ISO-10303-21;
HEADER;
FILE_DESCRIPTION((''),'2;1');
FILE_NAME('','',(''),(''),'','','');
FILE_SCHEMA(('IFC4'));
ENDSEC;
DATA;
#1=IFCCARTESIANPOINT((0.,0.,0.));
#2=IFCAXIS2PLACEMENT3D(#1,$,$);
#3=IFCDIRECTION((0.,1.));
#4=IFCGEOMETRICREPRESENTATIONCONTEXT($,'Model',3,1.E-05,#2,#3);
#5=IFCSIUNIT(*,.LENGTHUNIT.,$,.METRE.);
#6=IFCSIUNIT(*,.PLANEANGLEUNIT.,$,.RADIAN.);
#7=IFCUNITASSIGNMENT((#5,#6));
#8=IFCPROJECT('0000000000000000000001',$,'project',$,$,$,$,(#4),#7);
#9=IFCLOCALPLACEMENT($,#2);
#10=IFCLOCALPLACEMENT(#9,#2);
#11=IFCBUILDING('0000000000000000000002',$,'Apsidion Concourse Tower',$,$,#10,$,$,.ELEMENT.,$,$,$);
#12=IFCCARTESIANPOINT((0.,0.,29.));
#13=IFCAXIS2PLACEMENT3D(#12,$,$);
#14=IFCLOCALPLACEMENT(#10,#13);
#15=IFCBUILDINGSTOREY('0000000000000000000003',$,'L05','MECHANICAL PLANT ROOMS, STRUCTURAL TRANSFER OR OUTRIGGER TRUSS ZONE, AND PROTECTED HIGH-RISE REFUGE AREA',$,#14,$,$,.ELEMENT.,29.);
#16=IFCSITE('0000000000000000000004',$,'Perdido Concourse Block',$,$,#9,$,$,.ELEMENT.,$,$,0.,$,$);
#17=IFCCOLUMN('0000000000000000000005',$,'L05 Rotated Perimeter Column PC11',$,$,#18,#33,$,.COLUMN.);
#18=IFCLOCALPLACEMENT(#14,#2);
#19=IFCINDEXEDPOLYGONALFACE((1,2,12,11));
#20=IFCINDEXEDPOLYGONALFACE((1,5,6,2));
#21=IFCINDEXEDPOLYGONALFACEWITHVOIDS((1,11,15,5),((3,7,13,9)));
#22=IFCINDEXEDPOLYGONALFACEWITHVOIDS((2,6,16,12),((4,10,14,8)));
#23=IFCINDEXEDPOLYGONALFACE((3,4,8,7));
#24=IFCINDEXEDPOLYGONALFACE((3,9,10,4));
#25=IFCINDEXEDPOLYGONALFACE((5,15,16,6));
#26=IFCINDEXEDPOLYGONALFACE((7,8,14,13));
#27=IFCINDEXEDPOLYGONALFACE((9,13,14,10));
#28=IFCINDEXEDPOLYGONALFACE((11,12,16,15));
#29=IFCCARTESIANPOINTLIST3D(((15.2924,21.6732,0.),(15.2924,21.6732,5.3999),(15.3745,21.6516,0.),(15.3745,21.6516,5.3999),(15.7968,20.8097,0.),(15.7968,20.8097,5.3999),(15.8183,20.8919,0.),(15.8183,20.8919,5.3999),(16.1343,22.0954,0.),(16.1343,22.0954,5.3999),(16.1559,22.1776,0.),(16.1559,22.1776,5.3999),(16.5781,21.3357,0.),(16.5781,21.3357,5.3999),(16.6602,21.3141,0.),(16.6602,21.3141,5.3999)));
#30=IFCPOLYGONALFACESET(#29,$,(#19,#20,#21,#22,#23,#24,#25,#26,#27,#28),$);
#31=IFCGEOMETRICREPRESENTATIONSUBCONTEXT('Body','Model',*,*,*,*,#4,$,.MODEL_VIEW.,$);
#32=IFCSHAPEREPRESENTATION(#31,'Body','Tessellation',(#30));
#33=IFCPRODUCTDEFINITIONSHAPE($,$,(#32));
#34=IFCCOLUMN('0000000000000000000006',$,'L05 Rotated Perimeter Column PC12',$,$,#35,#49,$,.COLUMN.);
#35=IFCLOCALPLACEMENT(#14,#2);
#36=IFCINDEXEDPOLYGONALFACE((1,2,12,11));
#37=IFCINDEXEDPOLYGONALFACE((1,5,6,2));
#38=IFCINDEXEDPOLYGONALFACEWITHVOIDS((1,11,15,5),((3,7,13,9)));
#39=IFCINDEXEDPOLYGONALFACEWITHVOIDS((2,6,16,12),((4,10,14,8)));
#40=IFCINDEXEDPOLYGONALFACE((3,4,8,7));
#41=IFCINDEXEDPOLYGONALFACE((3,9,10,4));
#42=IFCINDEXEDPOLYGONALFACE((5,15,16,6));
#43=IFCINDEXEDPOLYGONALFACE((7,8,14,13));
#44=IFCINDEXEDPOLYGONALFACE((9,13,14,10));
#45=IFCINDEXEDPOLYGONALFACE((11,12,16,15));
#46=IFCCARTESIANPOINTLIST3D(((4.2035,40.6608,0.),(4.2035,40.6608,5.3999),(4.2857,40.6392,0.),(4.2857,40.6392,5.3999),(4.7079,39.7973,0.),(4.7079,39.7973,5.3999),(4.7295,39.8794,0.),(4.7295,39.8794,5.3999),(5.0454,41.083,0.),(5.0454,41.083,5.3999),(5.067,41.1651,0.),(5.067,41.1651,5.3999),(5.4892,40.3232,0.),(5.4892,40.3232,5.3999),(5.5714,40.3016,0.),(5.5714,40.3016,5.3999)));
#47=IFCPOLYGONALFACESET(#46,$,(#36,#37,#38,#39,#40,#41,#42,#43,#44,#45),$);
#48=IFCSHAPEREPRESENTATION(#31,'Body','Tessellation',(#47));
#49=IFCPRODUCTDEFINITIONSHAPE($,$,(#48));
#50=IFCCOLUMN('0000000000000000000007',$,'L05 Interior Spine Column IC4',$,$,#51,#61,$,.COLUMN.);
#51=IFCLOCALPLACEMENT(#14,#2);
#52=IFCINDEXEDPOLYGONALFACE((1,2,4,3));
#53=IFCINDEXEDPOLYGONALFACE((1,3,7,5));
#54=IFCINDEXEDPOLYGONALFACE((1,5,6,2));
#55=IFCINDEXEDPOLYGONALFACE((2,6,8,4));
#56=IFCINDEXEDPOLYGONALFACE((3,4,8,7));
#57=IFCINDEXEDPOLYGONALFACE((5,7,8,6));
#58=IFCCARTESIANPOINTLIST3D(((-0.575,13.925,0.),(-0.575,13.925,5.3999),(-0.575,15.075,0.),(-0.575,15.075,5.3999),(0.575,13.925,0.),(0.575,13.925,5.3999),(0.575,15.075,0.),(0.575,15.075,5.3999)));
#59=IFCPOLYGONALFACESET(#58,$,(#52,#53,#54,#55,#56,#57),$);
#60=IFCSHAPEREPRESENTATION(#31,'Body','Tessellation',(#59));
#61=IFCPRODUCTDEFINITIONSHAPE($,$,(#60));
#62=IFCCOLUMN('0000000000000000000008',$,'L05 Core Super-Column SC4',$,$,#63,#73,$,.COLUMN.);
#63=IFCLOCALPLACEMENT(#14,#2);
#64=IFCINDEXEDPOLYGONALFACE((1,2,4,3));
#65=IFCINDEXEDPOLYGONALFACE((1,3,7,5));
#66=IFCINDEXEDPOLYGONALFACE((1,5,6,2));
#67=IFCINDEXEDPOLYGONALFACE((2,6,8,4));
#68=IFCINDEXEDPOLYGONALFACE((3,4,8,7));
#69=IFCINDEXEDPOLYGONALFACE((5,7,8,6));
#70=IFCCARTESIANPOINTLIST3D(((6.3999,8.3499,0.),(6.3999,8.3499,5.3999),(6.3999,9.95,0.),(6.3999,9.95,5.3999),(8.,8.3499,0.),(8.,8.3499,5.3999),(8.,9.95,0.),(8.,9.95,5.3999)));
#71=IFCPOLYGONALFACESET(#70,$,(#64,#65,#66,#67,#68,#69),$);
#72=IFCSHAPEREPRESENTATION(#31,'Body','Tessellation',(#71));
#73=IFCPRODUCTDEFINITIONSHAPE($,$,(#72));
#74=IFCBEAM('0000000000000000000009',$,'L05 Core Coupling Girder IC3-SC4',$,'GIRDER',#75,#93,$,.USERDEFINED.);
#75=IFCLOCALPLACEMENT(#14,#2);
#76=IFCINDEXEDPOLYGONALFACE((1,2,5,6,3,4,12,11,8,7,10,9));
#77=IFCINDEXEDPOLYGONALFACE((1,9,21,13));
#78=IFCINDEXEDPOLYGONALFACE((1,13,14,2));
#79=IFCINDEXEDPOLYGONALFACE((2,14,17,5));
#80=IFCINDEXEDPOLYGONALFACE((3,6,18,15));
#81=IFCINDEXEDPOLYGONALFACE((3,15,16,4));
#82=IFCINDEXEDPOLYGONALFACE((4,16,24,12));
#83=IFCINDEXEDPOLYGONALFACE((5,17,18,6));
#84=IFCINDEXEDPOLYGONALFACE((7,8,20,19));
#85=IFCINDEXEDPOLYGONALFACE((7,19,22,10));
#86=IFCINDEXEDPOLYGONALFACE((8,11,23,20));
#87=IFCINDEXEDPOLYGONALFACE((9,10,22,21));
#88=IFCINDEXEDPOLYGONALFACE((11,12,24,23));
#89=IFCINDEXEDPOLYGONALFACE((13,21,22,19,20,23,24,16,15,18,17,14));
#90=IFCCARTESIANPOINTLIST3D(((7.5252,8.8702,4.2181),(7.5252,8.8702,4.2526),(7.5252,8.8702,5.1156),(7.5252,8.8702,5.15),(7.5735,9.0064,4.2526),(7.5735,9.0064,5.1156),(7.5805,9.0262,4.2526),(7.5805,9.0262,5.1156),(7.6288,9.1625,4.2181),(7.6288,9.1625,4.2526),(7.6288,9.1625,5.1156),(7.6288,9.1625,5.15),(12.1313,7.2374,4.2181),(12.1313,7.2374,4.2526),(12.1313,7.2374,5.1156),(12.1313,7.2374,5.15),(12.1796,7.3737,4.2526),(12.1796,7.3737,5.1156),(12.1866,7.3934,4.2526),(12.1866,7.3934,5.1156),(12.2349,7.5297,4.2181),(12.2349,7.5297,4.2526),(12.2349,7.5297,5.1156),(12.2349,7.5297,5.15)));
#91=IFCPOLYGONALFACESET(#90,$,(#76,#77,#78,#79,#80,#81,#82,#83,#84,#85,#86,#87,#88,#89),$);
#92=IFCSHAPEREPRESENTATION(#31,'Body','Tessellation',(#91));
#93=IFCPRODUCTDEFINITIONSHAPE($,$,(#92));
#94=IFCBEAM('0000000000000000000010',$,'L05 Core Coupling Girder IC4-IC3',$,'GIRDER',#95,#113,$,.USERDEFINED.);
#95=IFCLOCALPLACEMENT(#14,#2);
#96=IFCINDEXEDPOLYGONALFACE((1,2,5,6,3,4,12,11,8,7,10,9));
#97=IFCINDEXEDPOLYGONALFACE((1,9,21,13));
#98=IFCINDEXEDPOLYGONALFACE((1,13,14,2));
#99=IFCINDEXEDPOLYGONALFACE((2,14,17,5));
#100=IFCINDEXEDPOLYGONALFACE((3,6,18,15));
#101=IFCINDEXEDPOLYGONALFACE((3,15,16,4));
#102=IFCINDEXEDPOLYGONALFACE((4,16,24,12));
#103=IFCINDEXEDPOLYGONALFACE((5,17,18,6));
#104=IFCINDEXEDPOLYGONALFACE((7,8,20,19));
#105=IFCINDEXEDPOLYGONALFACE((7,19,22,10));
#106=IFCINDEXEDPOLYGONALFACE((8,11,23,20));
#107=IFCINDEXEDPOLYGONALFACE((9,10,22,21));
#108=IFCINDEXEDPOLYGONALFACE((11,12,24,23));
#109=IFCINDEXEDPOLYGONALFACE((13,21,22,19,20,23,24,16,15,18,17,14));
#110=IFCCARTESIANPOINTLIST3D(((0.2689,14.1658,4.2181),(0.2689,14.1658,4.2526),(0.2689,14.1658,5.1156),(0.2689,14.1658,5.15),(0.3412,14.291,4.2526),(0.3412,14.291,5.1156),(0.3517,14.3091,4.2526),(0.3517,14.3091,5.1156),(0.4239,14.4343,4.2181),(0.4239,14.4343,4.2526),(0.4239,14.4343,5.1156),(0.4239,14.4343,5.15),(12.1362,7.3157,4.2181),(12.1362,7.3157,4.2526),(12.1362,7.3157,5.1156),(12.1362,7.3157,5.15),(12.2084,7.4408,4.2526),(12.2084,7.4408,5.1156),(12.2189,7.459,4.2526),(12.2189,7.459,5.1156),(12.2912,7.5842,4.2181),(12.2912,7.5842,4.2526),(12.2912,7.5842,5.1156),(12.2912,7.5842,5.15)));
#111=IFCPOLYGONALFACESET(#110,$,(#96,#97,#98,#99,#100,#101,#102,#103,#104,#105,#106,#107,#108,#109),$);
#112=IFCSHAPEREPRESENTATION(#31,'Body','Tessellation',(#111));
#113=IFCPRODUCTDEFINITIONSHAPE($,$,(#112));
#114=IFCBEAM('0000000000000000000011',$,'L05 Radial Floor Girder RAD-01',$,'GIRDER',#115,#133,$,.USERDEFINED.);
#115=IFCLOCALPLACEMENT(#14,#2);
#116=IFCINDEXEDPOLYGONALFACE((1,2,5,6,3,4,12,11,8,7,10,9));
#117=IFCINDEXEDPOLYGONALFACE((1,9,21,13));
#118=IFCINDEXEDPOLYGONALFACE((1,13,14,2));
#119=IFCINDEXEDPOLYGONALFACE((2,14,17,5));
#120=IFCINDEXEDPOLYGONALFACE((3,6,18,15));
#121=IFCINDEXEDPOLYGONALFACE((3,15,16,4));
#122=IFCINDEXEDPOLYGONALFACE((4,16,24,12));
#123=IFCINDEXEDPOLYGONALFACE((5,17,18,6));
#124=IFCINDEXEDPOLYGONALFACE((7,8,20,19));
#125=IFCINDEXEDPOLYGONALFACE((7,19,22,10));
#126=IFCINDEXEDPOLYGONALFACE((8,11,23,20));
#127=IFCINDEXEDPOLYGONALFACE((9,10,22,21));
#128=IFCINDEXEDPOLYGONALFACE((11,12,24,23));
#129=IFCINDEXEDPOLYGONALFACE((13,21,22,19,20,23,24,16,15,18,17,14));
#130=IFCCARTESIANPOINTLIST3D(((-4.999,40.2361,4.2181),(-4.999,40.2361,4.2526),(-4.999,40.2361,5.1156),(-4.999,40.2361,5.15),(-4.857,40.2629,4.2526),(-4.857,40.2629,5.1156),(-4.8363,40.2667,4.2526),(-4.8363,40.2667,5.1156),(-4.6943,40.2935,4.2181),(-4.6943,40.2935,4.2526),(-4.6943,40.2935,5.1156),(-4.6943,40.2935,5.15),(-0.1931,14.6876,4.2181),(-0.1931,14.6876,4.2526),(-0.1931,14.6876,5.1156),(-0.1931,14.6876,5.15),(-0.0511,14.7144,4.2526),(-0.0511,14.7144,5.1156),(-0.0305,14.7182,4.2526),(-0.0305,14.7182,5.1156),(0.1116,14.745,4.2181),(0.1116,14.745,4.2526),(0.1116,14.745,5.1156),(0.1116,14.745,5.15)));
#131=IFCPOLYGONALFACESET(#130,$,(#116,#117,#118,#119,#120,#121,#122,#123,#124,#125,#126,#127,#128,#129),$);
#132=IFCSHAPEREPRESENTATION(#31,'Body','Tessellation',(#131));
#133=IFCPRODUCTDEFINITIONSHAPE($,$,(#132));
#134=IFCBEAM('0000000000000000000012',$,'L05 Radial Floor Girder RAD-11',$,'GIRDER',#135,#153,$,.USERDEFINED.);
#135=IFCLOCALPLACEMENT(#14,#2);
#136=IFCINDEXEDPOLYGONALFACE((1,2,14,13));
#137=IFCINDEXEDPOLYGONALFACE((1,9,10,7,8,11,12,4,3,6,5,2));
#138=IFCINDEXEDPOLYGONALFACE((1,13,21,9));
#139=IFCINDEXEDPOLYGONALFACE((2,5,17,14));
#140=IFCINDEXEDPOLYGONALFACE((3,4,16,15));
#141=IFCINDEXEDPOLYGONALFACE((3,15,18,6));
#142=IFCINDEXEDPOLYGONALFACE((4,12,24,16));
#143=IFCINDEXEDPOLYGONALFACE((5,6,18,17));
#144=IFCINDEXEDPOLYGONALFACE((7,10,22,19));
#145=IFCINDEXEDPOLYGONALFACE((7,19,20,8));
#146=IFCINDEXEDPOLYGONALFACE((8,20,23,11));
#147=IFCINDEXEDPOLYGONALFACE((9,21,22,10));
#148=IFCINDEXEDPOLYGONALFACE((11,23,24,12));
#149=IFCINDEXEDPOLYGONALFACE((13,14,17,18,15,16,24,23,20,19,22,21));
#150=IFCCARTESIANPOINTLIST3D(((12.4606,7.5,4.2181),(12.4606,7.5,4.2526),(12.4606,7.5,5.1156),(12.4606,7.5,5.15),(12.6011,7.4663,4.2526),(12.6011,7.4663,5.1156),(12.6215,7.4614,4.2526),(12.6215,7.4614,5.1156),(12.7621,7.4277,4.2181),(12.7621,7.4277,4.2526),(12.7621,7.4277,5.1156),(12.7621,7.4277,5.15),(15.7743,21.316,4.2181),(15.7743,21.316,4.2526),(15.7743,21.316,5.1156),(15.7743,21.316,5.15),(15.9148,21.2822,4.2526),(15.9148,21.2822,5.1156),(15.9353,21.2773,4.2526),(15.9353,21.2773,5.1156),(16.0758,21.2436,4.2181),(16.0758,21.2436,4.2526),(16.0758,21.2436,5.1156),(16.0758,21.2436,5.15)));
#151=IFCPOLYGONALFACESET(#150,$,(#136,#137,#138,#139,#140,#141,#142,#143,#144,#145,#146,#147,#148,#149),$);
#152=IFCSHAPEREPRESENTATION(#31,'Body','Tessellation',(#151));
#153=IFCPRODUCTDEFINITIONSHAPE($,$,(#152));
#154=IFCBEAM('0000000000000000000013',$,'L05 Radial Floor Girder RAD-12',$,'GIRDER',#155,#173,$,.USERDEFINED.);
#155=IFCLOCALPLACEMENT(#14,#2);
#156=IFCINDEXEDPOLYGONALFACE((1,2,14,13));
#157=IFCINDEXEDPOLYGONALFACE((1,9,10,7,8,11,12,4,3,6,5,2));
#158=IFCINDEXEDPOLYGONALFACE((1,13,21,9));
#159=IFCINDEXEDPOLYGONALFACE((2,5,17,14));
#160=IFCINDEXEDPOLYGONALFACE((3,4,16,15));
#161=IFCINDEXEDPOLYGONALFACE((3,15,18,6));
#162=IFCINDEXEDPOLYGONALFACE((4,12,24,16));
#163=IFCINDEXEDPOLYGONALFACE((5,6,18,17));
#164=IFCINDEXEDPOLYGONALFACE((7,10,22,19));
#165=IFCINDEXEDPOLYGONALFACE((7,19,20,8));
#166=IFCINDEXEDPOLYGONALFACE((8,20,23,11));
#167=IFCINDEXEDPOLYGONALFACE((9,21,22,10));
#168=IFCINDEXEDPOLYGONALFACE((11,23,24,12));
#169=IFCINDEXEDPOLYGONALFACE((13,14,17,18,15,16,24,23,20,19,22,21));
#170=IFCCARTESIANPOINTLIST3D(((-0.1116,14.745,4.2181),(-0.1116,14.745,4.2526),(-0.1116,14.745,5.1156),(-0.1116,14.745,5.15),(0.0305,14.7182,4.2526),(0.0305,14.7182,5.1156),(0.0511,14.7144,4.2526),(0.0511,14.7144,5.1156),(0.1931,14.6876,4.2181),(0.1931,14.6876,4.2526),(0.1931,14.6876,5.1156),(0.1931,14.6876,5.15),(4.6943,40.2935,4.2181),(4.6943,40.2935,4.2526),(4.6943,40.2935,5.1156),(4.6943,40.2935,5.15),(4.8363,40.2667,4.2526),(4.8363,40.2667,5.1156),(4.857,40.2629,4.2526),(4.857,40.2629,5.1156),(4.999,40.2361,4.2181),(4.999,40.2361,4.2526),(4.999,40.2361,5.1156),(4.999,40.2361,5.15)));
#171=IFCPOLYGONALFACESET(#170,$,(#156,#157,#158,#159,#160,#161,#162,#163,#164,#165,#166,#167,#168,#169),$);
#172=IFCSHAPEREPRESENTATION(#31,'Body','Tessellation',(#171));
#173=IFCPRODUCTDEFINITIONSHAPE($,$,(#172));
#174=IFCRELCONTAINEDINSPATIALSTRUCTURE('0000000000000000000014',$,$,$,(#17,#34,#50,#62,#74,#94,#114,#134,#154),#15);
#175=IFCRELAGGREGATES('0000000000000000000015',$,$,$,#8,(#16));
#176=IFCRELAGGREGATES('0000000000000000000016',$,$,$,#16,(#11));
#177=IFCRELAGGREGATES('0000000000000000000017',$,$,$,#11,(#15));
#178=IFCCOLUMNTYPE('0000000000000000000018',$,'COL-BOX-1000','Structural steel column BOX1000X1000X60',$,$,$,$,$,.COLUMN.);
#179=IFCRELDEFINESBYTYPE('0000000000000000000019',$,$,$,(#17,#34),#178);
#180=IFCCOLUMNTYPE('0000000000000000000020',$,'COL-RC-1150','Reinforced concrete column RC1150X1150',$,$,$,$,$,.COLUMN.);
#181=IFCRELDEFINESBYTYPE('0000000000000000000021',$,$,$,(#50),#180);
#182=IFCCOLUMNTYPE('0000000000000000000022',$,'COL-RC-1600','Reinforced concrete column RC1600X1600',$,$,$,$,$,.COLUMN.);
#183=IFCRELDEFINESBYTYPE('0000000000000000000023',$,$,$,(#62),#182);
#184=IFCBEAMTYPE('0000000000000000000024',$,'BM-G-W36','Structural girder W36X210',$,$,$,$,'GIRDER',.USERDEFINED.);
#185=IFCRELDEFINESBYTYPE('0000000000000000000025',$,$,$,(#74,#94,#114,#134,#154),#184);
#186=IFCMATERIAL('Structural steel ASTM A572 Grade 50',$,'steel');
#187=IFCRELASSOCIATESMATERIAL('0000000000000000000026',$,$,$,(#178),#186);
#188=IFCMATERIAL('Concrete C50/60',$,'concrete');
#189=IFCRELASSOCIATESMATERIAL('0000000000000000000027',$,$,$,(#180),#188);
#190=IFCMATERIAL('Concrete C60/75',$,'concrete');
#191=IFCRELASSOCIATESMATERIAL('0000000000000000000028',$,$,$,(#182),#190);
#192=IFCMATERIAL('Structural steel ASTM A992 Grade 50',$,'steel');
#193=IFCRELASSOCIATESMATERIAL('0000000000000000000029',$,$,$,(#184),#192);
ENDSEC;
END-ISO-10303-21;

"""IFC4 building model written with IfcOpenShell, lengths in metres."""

from ifc_helpers import new_model, si_unit, direction, frame, origin, origin_2d, place, context, subcontext, project, spatial, rectangle, hollow_rectangle, i_section, extrude, material, material_profile, profile_set, type_object, element, save


model = new_model("IFC4")

# Units and contexts
model_context = context("Model", 3, precision=1e-05, world=origin(), true_north=direction((0.0, 1.0)))
body_context = subcontext(model_context, "Body", "Model", "MODEL_VIEW")
ifc_project = project(units=[si_unit("LENGTHUNIT", "METRE"), si_unit("PLANEANGLEUNIT", "RADIAN")], contexts=[model_context])

# Site, building, storey
site_placement = place(None, origin())
site = spatial("IfcSite", under=ifc_project, at=site_placement, Name="Perdido Concourse Block", CompositionType="ELEMENT", RefElevation=0.0)
building_placement = place(site_placement, origin())
building = spatial("IfcBuilding", under=site, at=building_placement, Name="Apsidion Concourse Tower", CompositionType="ELEMENT")
storey_placement = place(building_placement, frame((0.0, 0.0, 29.0)))
storey = spatial("IfcBuildingStorey", under=building, at=storey_placement, Name="L05", Description="MECHANICAL PLANT ROOMS, STRUCTURAL TRANSFER OR OUTRIGGER TRUSS ZONE, AND PROTECTED HIGH-RISE REFUGE AREA", CompositionType="ELEMENT", Elevation=29.0)

# Columns
ifc_material_1 = material(Name="Structural steel ASTM A572 Grade 50", Category="steel")
ifc_material_profile_1 = material_profile(ifc_material_1, hollow_rectangle(XDim=1.0, YDim=1.0, WallThickness=0.0601, at=origin_2d()), Name="BOX1000X1000X60")
ifc_profile_set_1 = profile_set([ifc_material_profile_1], Name="Structural steel ASTM A572 Grade 50")
column_type_1 = type_object("IfcColumnType", Name="COL-BOX-1000", Description="Structural steel column BOX1000X1000X60", PredefinedType="COLUMN", material=ifc_profile_set_1)
for number, where, z_axis, x_axis, name in (
    (1, (15.9763, 21.4937, 0.0), (0.0, 0.0, 1.0), (-0.504377, 0.863484, 0.0), "L05 Rotated Perimeter Column PC11"),
    (2, (4.8875, 40.4812, 0.0), (0.0, 0.0, 1.0), (-0.504377, 0.863484, 0.0), "L05 Rotated Perimeter Column PC12"),
):
    element("IfcColumn", number, at=place(storey_placement, frame(where, z_axis=z_axis, x_axis=x_axis)), inside=storey, type_object=column_type_1, Name=name, PredefinedType="COLUMN", context=body_context, shape_type="SweptSolid", body=[
        extrude(hollow_rectangle(XDim=1.0, YDim=1.0, WallThickness=0.0601, at=origin_2d()), origin(), (0.0, 0.0, 1.0), 5.3999),
    ])
ifc_material_2 = material(Name="Concrete C50/60", Category="concrete")
ifc_material_profile_2 = material_profile(ifc_material_2, rectangle(XDim=1.1499, YDim=1.1499, at=origin_2d()), Name="RC 1150x1150")
ifc_profile_set_2 = profile_set([ifc_material_profile_2], Name="Concrete C50/60")
column_type_2 = type_object("IfcColumnType", Name="COL-RC-1150", Description="Reinforced concrete column RC1150X1150", PredefinedType="COLUMN", material=ifc_profile_set_2)
column_1_placement = place(storey_placement, frame((0.0, 14.5, 0.0), z_axis=(0.0, 0.0, 1.0), x_axis=(1.0, 0.0, 0.0)))
element("IfcColumn", 3, at=column_1_placement, inside=storey, type_object=column_type_2, Name="L05 Interior Spine Column IC4", PredefinedType="COLUMN", context=body_context, shape_type="SweptSolid", body=[
    extrude(rectangle(XDim=1.1499, YDim=1.1499, at=origin_2d()), origin(), (0.0, 0.0, 1.0), 5.3999),
])
ifc_material_3 = material(Name="Concrete C60/75", Category="concrete")
ifc_material_profile_3 = material_profile(ifc_material_3, rectangle(XDim=1.6001, YDim=1.6001, at=origin_2d()), Name="RC 1600x1600")
ifc_profile_set_3 = profile_set([ifc_material_profile_3], Name="Concrete C60/75")
column_type_3 = type_object("IfcColumnType", Name="COL-RC-1600", Description="Reinforced concrete column RC1600X1600", PredefinedType="COLUMN", material=ifc_profile_set_3)
column_2_placement = place(storey_placement, frame((7.2, 9.1499, 0.0), z_axis=(0.0, 0.0, 1.0), x_axis=(1.0, 0.0, 0.0)))
element("IfcColumn", 4, at=column_2_placement, inside=storey, type_object=column_type_3, Name="L05 Core Super-Column SC4", PredefinedType="COLUMN", context=body_context, shape_type="SweptSolid", body=[
    extrude(rectangle(XDim=1.6001, YDim=1.6001, at=origin_2d()), origin(), (0.0, 0.0, 1.0), 5.3999),
])

# Beams
ifc_material_4 = material(Name="Structural steel ASTM A992 Grade 50", Category="steel")
ifc_material_profile_4 = material_profile(ifc_material_4, i_section(OverallWidth=0.3101, OverallDepth=0.9319, WebThickness=0.021, FlangeThickness=0.0344, at=origin_2d()), Name="W36X210")
ifc_profile_set_4 = profile_set([ifc_material_profile_4], Name="Structural steel ASTM A992 Grade 50")
beam_type_1 = type_object("IfcBeamType", Name="BM-G-W36", Description="Structural girder W36X210", ElementType="GIRDER", PredefinedType="USERDEFINED", material=ifc_profile_set_4)
beam_1_placement = place(storey_placement, frame((12.1831, 7.3835, 4.6841), z_axis=(-0.942534, 0.334111, 0.0), x_axis=(-0.334111, -0.942534, 0.0)))
element("IfcBeam", 5, at=beam_1_placement, inside=storey, type_object=beam_type_1, Name="L05 Core Coupling Girder IC3-SC4", ObjectType="GIRDER", PredefinedType="USERDEFINED", context=body_context, shape_type="SweptSolid", body=[
    extrude(i_section(OverallWidth=0.3101, OverallDepth=0.9319, WebThickness=0.021, FlangeThickness=0.0344, at=origin_2d()), origin(), (0.0, 0.0, 1.0), 4.887),
])
beam_2_placement = place(storey_placement, frame((0.3464, 14.3, 4.6841), z_axis=(0.86607, -0.499922, 0.0), x_axis=(0.499922, 0.86607, 0.0)))
element("IfcBeam", 6, at=beam_2_placement, inside=storey, type_object=beam_type_1, Name="L05 Core Coupling Girder IC4-IC3", ObjectType="GIRDER", PredefinedType="USERDEFINED", context=body_context, shape_type="SweptSolid", body=[
    extrude(i_section(OverallWidth=0.3101, OverallDepth=0.9319, WebThickness=0.021, FlangeThickness=0.0344, at=origin_2d()), origin(), (0.0, 0.0, 1.0), 13.7024),
])
beam_3_placement = place(storey_placement, frame((-0.0408, 14.7163, 4.6841), z_axis=(-0.184866, 0.982764, 0.0), x_axis=(-0.982764, -0.184866, 0.0)))
element("IfcBeam", 7, at=beam_3_placement, inside=storey, type_object=beam_type_1, Name="L05 Radial Floor Girder RAD-01", ObjectType="GIRDER", PredefinedType="USERDEFINED", context=body_context, shape_type="SweptSolid", body=[
    extrude(i_section(OverallWidth=0.3101, OverallDepth=0.9319, WebThickness=0.021, FlangeThickness=0.0344, at=origin_2d()), origin(), (0.0, 0.0, 1.0), 25.9966),
])
beam_4_placement = place(storey_placement, frame((12.6113, 7.4639, 4.6841), z_axis=(0.233233, 0.972421, 0.0), x_axis=(-0.972421, 0.233233, 0.0)))
element("IfcBeam", 8, at=beam_4_placement, inside=storey, type_object=beam_type_1, Name="L05 Radial Floor Girder RAD-11", ObjectType="GIRDER", PredefinedType="USERDEFINED", context=body_context, shape_type="SweptSolid", body=[
    extrude(i_section(OverallWidth=0.3101, OverallDepth=0.9319, WebThickness=0.021, FlangeThickness=0.0344, at=origin_2d()), origin(), (0.0, 0.0, 1.0), 14.2078),
])
beam_5_placement = place(storey_placement, frame((0.0408, 14.7163, 4.6841), z_axis=(0.184866, 0.982764, 0.0), x_axis=(-0.982764, 0.184866, 0.0)))
element("IfcBeam", 9, at=beam_5_placement, inside=storey, type_object=beam_type_1, Name="L05 Radial Floor Girder RAD-12", ObjectType="GIRDER", PredefinedType="USERDEFINED", context=body_context, shape_type="SweptSolid", body=[
    extrude(i_section(OverallWidth=0.3101, OverallDepth=0.9319, WebThickness=0.021, FlangeThickness=0.0344, at=origin_2d()), origin(), (0.0, 0.0, 1.0), 25.9966),
])

save(model, "model.ifc")
